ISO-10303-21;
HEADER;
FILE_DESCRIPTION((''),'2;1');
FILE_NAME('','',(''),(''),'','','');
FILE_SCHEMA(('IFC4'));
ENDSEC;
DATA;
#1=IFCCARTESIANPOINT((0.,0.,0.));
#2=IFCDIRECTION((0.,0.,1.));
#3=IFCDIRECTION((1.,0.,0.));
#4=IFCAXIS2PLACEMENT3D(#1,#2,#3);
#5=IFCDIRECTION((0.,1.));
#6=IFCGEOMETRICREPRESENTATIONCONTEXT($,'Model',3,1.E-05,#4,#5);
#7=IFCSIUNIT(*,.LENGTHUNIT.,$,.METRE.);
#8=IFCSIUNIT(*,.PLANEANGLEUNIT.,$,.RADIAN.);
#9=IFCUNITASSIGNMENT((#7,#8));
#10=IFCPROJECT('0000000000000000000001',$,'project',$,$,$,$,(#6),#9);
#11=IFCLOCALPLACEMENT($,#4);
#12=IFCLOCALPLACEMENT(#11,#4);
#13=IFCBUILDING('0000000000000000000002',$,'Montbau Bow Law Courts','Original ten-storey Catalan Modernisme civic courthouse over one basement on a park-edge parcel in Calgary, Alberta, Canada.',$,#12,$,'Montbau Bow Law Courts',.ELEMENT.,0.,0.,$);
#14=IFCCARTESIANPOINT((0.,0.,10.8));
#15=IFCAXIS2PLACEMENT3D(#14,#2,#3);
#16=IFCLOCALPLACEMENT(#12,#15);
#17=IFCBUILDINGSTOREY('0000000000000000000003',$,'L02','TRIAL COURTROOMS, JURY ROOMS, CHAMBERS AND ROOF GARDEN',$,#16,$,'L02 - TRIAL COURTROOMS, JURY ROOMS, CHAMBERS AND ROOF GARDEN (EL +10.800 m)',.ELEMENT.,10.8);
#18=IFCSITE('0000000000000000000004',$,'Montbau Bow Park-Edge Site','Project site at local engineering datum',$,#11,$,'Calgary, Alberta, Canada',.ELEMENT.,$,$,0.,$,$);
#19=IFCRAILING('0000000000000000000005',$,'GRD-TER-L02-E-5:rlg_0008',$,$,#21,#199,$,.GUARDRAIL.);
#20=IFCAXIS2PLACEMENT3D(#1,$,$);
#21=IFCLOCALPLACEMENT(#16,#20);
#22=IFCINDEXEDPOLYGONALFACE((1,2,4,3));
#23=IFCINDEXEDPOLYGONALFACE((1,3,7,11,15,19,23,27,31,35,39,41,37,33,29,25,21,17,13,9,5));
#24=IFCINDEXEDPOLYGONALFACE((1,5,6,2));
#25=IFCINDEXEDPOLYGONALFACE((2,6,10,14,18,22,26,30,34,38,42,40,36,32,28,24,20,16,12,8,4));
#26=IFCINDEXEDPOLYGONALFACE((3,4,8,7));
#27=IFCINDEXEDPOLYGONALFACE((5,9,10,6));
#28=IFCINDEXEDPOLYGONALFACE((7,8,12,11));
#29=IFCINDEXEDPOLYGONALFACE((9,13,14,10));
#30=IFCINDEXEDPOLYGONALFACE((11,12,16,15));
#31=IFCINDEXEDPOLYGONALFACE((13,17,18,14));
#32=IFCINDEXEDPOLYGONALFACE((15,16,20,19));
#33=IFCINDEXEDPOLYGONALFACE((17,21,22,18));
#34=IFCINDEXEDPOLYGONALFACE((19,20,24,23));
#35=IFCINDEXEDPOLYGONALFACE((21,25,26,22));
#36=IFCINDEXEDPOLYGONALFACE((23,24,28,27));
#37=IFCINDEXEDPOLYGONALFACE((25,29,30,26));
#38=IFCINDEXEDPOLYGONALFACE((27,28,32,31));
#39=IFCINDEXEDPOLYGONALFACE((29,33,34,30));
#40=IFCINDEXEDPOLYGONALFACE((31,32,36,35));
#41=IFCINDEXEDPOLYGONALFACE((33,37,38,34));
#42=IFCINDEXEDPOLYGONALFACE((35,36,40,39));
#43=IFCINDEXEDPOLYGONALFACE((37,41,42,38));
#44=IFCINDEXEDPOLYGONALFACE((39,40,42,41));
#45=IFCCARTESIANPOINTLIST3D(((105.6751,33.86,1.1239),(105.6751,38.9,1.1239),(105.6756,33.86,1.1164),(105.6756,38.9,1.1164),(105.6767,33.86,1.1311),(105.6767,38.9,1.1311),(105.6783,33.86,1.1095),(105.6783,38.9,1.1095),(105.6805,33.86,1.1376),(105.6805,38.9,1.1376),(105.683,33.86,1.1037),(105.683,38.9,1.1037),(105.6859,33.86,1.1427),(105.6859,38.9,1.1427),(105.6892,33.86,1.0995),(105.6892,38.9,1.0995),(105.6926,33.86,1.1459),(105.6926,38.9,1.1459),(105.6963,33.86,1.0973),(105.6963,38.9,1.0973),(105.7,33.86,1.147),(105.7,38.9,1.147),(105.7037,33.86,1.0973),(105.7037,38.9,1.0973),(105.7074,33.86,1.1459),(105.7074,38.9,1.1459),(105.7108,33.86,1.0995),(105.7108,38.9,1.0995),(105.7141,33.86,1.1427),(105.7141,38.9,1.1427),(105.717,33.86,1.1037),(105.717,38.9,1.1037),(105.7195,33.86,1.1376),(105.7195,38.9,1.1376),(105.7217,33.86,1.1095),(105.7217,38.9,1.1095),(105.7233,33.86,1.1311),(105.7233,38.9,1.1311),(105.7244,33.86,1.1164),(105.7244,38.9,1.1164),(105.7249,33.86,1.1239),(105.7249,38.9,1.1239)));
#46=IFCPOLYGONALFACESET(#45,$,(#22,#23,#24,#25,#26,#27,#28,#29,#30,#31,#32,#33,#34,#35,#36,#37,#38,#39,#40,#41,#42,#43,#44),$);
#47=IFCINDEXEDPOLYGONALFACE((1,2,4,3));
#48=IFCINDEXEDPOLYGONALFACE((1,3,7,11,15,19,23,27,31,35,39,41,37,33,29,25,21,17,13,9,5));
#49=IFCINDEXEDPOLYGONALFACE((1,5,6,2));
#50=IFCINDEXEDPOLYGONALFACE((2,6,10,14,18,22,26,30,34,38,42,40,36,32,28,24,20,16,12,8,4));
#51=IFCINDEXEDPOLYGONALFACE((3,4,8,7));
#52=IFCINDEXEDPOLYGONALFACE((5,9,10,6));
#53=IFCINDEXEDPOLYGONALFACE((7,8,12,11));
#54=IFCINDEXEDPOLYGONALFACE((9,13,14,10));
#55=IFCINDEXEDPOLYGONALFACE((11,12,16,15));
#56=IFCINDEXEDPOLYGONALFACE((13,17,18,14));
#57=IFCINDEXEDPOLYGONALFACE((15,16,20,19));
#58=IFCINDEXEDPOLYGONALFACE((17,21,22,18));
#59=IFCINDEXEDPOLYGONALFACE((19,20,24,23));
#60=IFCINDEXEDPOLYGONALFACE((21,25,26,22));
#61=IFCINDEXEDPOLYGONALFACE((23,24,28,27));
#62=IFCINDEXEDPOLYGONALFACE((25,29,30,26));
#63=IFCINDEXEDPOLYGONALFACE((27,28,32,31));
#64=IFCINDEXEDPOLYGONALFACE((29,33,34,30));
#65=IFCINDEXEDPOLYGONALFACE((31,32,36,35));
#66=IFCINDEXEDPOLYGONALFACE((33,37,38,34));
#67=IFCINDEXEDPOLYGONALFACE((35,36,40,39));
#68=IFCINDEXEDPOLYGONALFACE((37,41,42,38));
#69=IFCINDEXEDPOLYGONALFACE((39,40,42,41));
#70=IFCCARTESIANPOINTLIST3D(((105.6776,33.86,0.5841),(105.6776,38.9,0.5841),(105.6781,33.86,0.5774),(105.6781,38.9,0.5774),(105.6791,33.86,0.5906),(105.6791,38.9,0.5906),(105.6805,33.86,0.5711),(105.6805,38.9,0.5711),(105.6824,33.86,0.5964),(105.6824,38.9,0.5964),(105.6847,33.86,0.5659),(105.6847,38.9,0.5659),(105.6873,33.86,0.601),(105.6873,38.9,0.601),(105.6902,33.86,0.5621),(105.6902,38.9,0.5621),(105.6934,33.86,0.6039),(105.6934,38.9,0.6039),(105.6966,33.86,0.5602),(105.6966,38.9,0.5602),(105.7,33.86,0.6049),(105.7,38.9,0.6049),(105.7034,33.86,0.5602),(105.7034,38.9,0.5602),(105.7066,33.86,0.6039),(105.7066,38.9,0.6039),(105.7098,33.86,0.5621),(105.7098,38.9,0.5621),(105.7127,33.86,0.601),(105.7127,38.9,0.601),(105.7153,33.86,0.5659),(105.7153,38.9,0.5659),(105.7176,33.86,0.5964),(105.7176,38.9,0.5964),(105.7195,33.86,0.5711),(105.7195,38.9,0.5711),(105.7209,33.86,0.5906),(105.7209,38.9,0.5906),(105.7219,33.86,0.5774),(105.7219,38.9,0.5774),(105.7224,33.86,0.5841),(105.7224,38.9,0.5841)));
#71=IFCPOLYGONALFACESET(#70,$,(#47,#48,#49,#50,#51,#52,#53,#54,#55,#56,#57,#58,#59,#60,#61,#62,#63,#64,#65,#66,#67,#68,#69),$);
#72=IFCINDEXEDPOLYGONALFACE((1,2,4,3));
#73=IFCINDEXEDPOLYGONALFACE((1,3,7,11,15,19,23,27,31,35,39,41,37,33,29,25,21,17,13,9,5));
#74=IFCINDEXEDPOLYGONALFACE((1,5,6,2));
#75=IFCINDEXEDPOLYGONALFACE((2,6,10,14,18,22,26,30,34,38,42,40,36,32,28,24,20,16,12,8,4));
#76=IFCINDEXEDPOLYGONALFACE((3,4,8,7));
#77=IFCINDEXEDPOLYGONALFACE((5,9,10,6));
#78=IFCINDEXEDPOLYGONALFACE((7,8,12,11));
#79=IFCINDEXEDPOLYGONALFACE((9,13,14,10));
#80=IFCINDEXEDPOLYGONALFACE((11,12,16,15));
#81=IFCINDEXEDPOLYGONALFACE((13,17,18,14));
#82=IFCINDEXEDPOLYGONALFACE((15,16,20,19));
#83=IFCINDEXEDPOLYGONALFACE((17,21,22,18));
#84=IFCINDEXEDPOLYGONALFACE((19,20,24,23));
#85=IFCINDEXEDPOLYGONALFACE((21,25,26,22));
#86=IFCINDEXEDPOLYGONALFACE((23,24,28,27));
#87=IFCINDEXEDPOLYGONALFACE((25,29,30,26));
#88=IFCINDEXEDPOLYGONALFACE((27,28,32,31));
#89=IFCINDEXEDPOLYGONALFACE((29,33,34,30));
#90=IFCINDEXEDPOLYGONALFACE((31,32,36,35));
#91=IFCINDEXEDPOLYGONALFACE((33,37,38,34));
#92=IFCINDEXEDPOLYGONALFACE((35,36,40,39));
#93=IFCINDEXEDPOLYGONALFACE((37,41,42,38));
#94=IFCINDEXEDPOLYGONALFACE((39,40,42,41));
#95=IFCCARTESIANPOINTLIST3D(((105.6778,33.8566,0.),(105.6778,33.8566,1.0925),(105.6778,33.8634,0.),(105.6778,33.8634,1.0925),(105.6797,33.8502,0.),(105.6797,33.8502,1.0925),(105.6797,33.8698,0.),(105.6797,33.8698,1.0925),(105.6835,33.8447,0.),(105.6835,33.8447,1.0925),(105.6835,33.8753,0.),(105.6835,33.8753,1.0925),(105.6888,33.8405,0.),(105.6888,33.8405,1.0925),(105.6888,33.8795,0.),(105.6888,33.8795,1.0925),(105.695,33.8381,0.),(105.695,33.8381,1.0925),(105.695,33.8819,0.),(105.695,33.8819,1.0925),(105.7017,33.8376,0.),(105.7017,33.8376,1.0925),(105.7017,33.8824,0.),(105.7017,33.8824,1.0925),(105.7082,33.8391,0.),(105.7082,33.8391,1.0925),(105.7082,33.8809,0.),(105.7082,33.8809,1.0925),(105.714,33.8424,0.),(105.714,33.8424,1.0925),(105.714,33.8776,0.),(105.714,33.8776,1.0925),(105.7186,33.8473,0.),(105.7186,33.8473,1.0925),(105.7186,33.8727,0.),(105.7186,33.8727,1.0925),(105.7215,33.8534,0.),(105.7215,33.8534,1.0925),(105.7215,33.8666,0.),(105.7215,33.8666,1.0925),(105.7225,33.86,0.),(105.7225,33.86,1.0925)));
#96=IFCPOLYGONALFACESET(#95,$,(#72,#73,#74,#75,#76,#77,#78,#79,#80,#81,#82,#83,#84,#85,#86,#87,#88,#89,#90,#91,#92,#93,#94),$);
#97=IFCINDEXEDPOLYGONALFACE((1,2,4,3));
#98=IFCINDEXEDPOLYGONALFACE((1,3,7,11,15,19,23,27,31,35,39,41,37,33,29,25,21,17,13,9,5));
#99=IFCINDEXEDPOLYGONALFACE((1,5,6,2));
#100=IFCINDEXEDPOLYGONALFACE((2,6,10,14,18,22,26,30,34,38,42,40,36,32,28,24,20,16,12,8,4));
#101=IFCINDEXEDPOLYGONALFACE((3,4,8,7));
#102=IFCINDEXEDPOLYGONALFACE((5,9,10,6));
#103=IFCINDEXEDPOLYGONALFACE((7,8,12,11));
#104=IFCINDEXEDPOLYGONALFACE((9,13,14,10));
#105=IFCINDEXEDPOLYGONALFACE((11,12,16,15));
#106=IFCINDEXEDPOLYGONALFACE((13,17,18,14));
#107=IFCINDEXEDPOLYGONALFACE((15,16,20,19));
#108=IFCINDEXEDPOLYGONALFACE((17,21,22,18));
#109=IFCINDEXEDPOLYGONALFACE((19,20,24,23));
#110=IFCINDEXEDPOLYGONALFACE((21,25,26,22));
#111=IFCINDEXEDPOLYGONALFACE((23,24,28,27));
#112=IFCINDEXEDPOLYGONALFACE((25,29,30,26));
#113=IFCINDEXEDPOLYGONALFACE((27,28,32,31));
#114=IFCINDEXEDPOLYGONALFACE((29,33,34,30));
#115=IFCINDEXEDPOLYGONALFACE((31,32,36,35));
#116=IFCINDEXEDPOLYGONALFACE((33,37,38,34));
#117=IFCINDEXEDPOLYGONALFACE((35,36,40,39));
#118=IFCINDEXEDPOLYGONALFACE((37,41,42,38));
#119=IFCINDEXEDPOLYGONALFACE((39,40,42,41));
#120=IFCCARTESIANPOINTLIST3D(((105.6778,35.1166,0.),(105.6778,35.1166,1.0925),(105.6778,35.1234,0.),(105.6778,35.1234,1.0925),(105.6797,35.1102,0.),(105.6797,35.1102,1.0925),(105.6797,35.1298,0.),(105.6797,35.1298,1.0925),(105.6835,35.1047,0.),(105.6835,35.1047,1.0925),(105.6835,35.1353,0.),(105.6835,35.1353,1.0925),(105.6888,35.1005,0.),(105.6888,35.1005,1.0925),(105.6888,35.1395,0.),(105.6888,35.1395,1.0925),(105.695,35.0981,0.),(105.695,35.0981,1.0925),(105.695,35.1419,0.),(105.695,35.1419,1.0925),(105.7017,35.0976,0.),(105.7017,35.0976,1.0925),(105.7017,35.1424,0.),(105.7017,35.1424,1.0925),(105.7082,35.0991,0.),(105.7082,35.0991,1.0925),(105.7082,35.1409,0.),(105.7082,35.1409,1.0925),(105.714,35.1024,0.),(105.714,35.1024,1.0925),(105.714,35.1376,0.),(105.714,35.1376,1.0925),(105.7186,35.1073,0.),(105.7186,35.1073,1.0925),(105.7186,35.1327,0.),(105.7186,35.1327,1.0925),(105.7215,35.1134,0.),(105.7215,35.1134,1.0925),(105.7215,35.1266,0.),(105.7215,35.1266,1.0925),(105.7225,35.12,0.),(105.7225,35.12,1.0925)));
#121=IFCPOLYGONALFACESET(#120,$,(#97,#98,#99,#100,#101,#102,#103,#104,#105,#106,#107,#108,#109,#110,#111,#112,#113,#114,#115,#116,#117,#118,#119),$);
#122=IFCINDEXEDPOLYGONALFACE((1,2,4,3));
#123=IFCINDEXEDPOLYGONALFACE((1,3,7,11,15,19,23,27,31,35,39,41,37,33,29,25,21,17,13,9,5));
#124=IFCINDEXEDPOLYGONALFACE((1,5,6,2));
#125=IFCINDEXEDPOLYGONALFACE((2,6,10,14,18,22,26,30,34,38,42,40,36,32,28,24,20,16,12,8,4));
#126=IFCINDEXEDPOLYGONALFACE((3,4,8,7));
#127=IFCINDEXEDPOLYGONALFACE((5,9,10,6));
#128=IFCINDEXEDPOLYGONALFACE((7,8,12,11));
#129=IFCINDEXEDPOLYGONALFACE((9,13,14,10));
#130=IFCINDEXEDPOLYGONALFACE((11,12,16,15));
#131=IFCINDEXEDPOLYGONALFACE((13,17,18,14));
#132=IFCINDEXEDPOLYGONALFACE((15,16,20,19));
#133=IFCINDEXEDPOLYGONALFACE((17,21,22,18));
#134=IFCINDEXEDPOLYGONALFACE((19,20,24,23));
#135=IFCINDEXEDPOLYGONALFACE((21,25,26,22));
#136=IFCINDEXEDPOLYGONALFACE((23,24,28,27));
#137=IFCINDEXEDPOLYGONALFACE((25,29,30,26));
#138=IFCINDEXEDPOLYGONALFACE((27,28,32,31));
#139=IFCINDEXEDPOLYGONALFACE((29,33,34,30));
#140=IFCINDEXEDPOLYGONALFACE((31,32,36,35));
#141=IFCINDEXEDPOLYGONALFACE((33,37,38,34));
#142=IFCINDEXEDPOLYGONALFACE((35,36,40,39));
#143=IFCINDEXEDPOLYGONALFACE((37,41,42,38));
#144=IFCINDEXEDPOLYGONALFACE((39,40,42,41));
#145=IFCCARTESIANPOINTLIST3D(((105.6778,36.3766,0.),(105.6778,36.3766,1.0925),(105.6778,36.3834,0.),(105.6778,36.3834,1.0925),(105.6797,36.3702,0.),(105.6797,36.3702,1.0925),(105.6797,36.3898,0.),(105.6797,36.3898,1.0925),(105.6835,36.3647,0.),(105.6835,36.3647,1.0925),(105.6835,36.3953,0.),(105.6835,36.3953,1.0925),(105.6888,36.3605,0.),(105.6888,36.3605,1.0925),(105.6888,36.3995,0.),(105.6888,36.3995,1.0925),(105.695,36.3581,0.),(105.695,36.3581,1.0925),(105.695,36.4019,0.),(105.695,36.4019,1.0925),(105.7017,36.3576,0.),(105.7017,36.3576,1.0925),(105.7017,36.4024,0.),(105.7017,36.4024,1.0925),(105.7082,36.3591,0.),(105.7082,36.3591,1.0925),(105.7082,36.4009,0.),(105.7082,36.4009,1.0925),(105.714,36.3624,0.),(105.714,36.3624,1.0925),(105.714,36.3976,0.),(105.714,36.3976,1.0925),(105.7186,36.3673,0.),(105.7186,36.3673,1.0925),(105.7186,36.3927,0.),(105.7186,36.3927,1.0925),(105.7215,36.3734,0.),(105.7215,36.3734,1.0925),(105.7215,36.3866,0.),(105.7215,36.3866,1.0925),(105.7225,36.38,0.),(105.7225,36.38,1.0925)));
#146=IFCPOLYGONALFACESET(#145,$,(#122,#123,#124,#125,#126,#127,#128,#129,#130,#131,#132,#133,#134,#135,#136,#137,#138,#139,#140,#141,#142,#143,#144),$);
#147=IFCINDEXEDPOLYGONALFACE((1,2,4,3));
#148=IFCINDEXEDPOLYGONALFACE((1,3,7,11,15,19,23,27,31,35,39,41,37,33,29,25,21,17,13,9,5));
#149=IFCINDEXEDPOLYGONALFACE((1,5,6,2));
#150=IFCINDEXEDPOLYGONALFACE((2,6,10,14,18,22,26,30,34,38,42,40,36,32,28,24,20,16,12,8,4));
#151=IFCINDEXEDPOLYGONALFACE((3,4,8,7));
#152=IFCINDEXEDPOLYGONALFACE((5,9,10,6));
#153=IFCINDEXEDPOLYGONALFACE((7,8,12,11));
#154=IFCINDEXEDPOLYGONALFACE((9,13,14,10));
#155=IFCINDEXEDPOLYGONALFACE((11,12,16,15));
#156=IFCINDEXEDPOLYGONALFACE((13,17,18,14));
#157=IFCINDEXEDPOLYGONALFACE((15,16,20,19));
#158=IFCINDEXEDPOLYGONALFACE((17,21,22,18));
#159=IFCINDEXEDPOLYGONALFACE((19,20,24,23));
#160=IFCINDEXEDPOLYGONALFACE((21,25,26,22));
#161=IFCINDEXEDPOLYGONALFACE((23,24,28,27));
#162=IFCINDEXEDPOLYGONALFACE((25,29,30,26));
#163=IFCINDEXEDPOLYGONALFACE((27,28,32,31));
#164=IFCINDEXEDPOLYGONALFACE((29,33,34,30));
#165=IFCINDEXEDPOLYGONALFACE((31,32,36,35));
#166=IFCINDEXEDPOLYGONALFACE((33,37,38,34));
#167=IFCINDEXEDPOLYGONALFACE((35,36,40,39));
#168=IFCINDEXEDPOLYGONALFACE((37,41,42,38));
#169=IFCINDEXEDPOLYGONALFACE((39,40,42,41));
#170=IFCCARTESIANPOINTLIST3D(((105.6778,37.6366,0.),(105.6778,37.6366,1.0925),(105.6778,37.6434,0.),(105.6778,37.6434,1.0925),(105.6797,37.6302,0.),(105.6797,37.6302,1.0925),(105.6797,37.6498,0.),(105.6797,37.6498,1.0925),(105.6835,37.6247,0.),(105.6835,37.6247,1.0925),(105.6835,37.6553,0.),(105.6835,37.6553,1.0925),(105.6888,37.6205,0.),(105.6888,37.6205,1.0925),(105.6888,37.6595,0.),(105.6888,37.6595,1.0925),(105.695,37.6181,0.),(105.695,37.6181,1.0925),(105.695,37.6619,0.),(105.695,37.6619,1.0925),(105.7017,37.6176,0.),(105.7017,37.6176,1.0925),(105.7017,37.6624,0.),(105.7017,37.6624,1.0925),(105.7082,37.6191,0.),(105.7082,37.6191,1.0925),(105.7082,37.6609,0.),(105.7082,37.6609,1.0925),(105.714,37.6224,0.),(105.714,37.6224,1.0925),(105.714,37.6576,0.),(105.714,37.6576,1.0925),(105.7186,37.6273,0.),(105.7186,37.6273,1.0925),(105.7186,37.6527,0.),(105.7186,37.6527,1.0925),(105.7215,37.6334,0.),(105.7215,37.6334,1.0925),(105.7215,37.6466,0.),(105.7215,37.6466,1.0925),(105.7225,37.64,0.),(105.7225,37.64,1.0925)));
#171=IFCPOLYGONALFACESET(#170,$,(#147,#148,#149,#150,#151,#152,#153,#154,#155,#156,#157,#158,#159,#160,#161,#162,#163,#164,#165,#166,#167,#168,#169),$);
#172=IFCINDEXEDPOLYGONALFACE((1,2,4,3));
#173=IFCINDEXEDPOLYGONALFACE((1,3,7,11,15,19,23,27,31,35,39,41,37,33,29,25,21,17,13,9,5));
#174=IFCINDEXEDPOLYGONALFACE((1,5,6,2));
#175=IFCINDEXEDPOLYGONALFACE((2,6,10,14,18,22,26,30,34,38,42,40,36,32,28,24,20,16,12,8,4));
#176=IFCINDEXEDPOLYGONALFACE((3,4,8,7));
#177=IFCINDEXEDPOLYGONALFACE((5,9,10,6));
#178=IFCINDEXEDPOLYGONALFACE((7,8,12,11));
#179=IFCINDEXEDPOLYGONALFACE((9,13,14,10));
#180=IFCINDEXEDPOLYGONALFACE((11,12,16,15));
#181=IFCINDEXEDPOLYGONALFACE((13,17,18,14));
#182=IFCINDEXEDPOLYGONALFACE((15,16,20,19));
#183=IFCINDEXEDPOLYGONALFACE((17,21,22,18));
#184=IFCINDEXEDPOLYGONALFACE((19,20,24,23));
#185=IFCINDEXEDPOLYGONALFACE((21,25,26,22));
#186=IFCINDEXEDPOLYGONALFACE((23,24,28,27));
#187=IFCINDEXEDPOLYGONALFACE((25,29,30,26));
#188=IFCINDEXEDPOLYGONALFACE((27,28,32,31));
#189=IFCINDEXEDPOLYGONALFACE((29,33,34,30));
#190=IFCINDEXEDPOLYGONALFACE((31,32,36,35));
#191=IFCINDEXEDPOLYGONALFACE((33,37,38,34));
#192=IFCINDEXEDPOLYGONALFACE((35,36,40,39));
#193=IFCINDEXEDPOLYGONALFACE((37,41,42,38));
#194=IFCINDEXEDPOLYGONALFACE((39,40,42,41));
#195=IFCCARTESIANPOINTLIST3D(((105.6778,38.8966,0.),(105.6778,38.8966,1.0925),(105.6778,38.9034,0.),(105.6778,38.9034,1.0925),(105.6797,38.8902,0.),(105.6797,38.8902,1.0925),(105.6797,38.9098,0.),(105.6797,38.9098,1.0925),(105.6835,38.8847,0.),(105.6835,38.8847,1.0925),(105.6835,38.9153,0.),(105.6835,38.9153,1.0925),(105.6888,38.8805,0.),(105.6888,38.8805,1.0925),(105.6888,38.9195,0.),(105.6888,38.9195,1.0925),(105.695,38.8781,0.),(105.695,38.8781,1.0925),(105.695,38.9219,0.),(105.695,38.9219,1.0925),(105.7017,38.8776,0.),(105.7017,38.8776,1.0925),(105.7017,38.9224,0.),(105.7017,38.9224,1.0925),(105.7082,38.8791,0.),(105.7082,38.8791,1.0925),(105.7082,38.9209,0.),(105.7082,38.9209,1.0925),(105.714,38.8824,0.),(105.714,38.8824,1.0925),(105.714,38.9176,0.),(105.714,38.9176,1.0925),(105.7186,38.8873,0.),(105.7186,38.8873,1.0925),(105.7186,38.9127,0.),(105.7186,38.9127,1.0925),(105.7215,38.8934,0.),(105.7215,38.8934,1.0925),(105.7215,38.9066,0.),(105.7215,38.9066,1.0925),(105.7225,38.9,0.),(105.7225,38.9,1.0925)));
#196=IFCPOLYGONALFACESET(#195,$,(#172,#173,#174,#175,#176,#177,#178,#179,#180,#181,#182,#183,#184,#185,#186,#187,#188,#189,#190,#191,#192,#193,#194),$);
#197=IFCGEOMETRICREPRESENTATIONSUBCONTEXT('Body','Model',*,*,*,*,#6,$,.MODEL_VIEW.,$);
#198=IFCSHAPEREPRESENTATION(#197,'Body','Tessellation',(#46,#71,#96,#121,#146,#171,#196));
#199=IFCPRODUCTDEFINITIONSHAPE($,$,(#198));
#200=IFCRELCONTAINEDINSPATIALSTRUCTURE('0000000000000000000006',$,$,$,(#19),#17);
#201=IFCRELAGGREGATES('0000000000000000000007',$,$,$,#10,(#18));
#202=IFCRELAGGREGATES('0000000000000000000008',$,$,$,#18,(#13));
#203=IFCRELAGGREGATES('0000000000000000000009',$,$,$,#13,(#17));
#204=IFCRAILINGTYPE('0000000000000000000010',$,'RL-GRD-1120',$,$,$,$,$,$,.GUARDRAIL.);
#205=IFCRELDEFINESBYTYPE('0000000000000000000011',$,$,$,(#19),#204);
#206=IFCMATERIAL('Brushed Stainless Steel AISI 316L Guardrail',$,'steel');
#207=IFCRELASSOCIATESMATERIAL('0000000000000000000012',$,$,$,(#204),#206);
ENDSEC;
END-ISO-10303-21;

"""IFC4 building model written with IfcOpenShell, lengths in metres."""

from ifc_helpers import new_model, si_unit, direction, frame, origin_with_axes, origin_2d_with_axis, place, context, subcontext, project, spatial, circle, extrude, material, type_object, element, save


model = new_model("IFC4")

# Units and contexts
model_context = context("Model", 3, precision=1e-05, world=origin_with_axes(), true_north=direction((0.0, 1.0)))
body_context = subcontext(model_context, "Body", "Model", "MODEL_VIEW")
ifc_project = project(units=[si_unit("LENGTHUNIT", "METRE"), si_unit("PLANEANGLEUNIT", "RADIAN")], contexts=[model_context])

# Site, building, storey
site_placement = place(None, origin_with_axes())
site = spatial("IfcSite", under=ifc_project, at=site_placement, Name="Montbau Bow Park-Edge Site", Description="Project site at local engineering datum", LongName="Calgary, Alberta, Canada", CompositionType="ELEMENT", RefElevation=0.0)
building_placement = place(site_placement, origin_with_axes())
building = spatial("IfcBuilding", under=site, at=building_placement, Name="Montbau Bow Law Courts", Description="Original ten-storey Catalan Modernisme civic courthouse over one basement on a park-edge parcel in Calgary, Alberta, Canada.", LongName="Montbau Bow Law Courts", CompositionType="ELEMENT", ElevationOfRefHeight=0.0, ElevationOfTerrain=0.0)
storey_placement = place(building_placement, frame((0.0, 0.0, 10.8), z_axis=(0.0, 0.0, 1.0), x_axis=(1.0, 0.0, 0.0)))
storey = spatial("IfcBuildingStorey", under=building, at=storey_placement, Name="L02", Description="TRIAL COURTROOMS, JURY ROOMS, CHAMBERS AND ROOF GARDEN", LongName="L02 - TRIAL COURTROOMS, JURY ROOMS, CHAMBERS AND ROOF GARDEN (EL +10.800 m)", CompositionType="ELEMENT", Elevation=10.8)

# Railing
ifc_material_1 = material(Name="Brushed Stainless Steel AISI 316L Guardrail", Category="steel")
railing_type_1 = type_object("IfcRailingType", Name="RL-GRD-1120", PredefinedType="GUARDRAIL", material=ifc_material_1)
railing_1_placement = place(None, origin_with_axes())
element("IfcRailing", 1, at=railing_1_placement, inside=storey, type_object=railing_type_1, Name="GRD-TER-L02-E-5:rlg_0008", PredefinedType="GUARDRAIL", context=body_context, shape_type="SweptSolid", body=[
    extrude(circle(Radius=0.025, at=origin_2d_with_axis()), frame((105.7, 33.86, 11.922), z_axis=(0.0, 1.0, 0.0), x_axis=(0.0, 0.0, 1.0)), (0.0, 0.0, 1.0), 5.04),
    extrude(circle(Radius=0.0225, at=origin_2d_with_axis()), frame((105.7, 33.86, 11.3824), z_axis=(0.0, 1.0, 0.0), x_axis=(0.0, 0.0, 1.0)), (0.0, 0.0, 1.0), 5.04),
    extrude(circle(Radius=0.0225, at=origin_2d_with_axis()), frame((105.7, 33.86, 10.8), z_axis=(0.0, 0.0, 1.0), x_axis=(1.0, 0.0, 0.0)), (0.0, 0.0, 1.0), 1.0925),
    extrude(circle(Radius=0.0225, at=origin_2d_with_axis()), frame((105.7, 35.12, 10.8), z_axis=(0.0, 0.0, 1.0), x_axis=(1.0, 0.0, 0.0)), (0.0, 0.0, 1.0), 1.0925),
    extrude(circle(Radius=0.0225, at=origin_2d_with_axis()), frame((105.7, 36.38, 10.8), z_axis=(0.0, 0.0, 1.0), x_axis=(1.0, 0.0, 0.0)), (0.0, 0.0, 1.0), 1.0925),
    extrude(circle(Radius=0.0225, at=origin_2d_with_axis()), frame((105.7, 37.64, 10.8), z_axis=(0.0, 0.0, 1.0), x_axis=(1.0, 0.0, 0.0)), (0.0, 0.0, 1.0), 1.0925),
    extrude(circle(Radius=0.0225, at=origin_2d_with_axis()), frame((105.7, 38.9, 10.8), z_axis=(0.0, 0.0, 1.0), x_axis=(1.0, 0.0, 0.0)), (0.0, 0.0, 1.0), 1.0925),
])

save(model, "model.ifc")
